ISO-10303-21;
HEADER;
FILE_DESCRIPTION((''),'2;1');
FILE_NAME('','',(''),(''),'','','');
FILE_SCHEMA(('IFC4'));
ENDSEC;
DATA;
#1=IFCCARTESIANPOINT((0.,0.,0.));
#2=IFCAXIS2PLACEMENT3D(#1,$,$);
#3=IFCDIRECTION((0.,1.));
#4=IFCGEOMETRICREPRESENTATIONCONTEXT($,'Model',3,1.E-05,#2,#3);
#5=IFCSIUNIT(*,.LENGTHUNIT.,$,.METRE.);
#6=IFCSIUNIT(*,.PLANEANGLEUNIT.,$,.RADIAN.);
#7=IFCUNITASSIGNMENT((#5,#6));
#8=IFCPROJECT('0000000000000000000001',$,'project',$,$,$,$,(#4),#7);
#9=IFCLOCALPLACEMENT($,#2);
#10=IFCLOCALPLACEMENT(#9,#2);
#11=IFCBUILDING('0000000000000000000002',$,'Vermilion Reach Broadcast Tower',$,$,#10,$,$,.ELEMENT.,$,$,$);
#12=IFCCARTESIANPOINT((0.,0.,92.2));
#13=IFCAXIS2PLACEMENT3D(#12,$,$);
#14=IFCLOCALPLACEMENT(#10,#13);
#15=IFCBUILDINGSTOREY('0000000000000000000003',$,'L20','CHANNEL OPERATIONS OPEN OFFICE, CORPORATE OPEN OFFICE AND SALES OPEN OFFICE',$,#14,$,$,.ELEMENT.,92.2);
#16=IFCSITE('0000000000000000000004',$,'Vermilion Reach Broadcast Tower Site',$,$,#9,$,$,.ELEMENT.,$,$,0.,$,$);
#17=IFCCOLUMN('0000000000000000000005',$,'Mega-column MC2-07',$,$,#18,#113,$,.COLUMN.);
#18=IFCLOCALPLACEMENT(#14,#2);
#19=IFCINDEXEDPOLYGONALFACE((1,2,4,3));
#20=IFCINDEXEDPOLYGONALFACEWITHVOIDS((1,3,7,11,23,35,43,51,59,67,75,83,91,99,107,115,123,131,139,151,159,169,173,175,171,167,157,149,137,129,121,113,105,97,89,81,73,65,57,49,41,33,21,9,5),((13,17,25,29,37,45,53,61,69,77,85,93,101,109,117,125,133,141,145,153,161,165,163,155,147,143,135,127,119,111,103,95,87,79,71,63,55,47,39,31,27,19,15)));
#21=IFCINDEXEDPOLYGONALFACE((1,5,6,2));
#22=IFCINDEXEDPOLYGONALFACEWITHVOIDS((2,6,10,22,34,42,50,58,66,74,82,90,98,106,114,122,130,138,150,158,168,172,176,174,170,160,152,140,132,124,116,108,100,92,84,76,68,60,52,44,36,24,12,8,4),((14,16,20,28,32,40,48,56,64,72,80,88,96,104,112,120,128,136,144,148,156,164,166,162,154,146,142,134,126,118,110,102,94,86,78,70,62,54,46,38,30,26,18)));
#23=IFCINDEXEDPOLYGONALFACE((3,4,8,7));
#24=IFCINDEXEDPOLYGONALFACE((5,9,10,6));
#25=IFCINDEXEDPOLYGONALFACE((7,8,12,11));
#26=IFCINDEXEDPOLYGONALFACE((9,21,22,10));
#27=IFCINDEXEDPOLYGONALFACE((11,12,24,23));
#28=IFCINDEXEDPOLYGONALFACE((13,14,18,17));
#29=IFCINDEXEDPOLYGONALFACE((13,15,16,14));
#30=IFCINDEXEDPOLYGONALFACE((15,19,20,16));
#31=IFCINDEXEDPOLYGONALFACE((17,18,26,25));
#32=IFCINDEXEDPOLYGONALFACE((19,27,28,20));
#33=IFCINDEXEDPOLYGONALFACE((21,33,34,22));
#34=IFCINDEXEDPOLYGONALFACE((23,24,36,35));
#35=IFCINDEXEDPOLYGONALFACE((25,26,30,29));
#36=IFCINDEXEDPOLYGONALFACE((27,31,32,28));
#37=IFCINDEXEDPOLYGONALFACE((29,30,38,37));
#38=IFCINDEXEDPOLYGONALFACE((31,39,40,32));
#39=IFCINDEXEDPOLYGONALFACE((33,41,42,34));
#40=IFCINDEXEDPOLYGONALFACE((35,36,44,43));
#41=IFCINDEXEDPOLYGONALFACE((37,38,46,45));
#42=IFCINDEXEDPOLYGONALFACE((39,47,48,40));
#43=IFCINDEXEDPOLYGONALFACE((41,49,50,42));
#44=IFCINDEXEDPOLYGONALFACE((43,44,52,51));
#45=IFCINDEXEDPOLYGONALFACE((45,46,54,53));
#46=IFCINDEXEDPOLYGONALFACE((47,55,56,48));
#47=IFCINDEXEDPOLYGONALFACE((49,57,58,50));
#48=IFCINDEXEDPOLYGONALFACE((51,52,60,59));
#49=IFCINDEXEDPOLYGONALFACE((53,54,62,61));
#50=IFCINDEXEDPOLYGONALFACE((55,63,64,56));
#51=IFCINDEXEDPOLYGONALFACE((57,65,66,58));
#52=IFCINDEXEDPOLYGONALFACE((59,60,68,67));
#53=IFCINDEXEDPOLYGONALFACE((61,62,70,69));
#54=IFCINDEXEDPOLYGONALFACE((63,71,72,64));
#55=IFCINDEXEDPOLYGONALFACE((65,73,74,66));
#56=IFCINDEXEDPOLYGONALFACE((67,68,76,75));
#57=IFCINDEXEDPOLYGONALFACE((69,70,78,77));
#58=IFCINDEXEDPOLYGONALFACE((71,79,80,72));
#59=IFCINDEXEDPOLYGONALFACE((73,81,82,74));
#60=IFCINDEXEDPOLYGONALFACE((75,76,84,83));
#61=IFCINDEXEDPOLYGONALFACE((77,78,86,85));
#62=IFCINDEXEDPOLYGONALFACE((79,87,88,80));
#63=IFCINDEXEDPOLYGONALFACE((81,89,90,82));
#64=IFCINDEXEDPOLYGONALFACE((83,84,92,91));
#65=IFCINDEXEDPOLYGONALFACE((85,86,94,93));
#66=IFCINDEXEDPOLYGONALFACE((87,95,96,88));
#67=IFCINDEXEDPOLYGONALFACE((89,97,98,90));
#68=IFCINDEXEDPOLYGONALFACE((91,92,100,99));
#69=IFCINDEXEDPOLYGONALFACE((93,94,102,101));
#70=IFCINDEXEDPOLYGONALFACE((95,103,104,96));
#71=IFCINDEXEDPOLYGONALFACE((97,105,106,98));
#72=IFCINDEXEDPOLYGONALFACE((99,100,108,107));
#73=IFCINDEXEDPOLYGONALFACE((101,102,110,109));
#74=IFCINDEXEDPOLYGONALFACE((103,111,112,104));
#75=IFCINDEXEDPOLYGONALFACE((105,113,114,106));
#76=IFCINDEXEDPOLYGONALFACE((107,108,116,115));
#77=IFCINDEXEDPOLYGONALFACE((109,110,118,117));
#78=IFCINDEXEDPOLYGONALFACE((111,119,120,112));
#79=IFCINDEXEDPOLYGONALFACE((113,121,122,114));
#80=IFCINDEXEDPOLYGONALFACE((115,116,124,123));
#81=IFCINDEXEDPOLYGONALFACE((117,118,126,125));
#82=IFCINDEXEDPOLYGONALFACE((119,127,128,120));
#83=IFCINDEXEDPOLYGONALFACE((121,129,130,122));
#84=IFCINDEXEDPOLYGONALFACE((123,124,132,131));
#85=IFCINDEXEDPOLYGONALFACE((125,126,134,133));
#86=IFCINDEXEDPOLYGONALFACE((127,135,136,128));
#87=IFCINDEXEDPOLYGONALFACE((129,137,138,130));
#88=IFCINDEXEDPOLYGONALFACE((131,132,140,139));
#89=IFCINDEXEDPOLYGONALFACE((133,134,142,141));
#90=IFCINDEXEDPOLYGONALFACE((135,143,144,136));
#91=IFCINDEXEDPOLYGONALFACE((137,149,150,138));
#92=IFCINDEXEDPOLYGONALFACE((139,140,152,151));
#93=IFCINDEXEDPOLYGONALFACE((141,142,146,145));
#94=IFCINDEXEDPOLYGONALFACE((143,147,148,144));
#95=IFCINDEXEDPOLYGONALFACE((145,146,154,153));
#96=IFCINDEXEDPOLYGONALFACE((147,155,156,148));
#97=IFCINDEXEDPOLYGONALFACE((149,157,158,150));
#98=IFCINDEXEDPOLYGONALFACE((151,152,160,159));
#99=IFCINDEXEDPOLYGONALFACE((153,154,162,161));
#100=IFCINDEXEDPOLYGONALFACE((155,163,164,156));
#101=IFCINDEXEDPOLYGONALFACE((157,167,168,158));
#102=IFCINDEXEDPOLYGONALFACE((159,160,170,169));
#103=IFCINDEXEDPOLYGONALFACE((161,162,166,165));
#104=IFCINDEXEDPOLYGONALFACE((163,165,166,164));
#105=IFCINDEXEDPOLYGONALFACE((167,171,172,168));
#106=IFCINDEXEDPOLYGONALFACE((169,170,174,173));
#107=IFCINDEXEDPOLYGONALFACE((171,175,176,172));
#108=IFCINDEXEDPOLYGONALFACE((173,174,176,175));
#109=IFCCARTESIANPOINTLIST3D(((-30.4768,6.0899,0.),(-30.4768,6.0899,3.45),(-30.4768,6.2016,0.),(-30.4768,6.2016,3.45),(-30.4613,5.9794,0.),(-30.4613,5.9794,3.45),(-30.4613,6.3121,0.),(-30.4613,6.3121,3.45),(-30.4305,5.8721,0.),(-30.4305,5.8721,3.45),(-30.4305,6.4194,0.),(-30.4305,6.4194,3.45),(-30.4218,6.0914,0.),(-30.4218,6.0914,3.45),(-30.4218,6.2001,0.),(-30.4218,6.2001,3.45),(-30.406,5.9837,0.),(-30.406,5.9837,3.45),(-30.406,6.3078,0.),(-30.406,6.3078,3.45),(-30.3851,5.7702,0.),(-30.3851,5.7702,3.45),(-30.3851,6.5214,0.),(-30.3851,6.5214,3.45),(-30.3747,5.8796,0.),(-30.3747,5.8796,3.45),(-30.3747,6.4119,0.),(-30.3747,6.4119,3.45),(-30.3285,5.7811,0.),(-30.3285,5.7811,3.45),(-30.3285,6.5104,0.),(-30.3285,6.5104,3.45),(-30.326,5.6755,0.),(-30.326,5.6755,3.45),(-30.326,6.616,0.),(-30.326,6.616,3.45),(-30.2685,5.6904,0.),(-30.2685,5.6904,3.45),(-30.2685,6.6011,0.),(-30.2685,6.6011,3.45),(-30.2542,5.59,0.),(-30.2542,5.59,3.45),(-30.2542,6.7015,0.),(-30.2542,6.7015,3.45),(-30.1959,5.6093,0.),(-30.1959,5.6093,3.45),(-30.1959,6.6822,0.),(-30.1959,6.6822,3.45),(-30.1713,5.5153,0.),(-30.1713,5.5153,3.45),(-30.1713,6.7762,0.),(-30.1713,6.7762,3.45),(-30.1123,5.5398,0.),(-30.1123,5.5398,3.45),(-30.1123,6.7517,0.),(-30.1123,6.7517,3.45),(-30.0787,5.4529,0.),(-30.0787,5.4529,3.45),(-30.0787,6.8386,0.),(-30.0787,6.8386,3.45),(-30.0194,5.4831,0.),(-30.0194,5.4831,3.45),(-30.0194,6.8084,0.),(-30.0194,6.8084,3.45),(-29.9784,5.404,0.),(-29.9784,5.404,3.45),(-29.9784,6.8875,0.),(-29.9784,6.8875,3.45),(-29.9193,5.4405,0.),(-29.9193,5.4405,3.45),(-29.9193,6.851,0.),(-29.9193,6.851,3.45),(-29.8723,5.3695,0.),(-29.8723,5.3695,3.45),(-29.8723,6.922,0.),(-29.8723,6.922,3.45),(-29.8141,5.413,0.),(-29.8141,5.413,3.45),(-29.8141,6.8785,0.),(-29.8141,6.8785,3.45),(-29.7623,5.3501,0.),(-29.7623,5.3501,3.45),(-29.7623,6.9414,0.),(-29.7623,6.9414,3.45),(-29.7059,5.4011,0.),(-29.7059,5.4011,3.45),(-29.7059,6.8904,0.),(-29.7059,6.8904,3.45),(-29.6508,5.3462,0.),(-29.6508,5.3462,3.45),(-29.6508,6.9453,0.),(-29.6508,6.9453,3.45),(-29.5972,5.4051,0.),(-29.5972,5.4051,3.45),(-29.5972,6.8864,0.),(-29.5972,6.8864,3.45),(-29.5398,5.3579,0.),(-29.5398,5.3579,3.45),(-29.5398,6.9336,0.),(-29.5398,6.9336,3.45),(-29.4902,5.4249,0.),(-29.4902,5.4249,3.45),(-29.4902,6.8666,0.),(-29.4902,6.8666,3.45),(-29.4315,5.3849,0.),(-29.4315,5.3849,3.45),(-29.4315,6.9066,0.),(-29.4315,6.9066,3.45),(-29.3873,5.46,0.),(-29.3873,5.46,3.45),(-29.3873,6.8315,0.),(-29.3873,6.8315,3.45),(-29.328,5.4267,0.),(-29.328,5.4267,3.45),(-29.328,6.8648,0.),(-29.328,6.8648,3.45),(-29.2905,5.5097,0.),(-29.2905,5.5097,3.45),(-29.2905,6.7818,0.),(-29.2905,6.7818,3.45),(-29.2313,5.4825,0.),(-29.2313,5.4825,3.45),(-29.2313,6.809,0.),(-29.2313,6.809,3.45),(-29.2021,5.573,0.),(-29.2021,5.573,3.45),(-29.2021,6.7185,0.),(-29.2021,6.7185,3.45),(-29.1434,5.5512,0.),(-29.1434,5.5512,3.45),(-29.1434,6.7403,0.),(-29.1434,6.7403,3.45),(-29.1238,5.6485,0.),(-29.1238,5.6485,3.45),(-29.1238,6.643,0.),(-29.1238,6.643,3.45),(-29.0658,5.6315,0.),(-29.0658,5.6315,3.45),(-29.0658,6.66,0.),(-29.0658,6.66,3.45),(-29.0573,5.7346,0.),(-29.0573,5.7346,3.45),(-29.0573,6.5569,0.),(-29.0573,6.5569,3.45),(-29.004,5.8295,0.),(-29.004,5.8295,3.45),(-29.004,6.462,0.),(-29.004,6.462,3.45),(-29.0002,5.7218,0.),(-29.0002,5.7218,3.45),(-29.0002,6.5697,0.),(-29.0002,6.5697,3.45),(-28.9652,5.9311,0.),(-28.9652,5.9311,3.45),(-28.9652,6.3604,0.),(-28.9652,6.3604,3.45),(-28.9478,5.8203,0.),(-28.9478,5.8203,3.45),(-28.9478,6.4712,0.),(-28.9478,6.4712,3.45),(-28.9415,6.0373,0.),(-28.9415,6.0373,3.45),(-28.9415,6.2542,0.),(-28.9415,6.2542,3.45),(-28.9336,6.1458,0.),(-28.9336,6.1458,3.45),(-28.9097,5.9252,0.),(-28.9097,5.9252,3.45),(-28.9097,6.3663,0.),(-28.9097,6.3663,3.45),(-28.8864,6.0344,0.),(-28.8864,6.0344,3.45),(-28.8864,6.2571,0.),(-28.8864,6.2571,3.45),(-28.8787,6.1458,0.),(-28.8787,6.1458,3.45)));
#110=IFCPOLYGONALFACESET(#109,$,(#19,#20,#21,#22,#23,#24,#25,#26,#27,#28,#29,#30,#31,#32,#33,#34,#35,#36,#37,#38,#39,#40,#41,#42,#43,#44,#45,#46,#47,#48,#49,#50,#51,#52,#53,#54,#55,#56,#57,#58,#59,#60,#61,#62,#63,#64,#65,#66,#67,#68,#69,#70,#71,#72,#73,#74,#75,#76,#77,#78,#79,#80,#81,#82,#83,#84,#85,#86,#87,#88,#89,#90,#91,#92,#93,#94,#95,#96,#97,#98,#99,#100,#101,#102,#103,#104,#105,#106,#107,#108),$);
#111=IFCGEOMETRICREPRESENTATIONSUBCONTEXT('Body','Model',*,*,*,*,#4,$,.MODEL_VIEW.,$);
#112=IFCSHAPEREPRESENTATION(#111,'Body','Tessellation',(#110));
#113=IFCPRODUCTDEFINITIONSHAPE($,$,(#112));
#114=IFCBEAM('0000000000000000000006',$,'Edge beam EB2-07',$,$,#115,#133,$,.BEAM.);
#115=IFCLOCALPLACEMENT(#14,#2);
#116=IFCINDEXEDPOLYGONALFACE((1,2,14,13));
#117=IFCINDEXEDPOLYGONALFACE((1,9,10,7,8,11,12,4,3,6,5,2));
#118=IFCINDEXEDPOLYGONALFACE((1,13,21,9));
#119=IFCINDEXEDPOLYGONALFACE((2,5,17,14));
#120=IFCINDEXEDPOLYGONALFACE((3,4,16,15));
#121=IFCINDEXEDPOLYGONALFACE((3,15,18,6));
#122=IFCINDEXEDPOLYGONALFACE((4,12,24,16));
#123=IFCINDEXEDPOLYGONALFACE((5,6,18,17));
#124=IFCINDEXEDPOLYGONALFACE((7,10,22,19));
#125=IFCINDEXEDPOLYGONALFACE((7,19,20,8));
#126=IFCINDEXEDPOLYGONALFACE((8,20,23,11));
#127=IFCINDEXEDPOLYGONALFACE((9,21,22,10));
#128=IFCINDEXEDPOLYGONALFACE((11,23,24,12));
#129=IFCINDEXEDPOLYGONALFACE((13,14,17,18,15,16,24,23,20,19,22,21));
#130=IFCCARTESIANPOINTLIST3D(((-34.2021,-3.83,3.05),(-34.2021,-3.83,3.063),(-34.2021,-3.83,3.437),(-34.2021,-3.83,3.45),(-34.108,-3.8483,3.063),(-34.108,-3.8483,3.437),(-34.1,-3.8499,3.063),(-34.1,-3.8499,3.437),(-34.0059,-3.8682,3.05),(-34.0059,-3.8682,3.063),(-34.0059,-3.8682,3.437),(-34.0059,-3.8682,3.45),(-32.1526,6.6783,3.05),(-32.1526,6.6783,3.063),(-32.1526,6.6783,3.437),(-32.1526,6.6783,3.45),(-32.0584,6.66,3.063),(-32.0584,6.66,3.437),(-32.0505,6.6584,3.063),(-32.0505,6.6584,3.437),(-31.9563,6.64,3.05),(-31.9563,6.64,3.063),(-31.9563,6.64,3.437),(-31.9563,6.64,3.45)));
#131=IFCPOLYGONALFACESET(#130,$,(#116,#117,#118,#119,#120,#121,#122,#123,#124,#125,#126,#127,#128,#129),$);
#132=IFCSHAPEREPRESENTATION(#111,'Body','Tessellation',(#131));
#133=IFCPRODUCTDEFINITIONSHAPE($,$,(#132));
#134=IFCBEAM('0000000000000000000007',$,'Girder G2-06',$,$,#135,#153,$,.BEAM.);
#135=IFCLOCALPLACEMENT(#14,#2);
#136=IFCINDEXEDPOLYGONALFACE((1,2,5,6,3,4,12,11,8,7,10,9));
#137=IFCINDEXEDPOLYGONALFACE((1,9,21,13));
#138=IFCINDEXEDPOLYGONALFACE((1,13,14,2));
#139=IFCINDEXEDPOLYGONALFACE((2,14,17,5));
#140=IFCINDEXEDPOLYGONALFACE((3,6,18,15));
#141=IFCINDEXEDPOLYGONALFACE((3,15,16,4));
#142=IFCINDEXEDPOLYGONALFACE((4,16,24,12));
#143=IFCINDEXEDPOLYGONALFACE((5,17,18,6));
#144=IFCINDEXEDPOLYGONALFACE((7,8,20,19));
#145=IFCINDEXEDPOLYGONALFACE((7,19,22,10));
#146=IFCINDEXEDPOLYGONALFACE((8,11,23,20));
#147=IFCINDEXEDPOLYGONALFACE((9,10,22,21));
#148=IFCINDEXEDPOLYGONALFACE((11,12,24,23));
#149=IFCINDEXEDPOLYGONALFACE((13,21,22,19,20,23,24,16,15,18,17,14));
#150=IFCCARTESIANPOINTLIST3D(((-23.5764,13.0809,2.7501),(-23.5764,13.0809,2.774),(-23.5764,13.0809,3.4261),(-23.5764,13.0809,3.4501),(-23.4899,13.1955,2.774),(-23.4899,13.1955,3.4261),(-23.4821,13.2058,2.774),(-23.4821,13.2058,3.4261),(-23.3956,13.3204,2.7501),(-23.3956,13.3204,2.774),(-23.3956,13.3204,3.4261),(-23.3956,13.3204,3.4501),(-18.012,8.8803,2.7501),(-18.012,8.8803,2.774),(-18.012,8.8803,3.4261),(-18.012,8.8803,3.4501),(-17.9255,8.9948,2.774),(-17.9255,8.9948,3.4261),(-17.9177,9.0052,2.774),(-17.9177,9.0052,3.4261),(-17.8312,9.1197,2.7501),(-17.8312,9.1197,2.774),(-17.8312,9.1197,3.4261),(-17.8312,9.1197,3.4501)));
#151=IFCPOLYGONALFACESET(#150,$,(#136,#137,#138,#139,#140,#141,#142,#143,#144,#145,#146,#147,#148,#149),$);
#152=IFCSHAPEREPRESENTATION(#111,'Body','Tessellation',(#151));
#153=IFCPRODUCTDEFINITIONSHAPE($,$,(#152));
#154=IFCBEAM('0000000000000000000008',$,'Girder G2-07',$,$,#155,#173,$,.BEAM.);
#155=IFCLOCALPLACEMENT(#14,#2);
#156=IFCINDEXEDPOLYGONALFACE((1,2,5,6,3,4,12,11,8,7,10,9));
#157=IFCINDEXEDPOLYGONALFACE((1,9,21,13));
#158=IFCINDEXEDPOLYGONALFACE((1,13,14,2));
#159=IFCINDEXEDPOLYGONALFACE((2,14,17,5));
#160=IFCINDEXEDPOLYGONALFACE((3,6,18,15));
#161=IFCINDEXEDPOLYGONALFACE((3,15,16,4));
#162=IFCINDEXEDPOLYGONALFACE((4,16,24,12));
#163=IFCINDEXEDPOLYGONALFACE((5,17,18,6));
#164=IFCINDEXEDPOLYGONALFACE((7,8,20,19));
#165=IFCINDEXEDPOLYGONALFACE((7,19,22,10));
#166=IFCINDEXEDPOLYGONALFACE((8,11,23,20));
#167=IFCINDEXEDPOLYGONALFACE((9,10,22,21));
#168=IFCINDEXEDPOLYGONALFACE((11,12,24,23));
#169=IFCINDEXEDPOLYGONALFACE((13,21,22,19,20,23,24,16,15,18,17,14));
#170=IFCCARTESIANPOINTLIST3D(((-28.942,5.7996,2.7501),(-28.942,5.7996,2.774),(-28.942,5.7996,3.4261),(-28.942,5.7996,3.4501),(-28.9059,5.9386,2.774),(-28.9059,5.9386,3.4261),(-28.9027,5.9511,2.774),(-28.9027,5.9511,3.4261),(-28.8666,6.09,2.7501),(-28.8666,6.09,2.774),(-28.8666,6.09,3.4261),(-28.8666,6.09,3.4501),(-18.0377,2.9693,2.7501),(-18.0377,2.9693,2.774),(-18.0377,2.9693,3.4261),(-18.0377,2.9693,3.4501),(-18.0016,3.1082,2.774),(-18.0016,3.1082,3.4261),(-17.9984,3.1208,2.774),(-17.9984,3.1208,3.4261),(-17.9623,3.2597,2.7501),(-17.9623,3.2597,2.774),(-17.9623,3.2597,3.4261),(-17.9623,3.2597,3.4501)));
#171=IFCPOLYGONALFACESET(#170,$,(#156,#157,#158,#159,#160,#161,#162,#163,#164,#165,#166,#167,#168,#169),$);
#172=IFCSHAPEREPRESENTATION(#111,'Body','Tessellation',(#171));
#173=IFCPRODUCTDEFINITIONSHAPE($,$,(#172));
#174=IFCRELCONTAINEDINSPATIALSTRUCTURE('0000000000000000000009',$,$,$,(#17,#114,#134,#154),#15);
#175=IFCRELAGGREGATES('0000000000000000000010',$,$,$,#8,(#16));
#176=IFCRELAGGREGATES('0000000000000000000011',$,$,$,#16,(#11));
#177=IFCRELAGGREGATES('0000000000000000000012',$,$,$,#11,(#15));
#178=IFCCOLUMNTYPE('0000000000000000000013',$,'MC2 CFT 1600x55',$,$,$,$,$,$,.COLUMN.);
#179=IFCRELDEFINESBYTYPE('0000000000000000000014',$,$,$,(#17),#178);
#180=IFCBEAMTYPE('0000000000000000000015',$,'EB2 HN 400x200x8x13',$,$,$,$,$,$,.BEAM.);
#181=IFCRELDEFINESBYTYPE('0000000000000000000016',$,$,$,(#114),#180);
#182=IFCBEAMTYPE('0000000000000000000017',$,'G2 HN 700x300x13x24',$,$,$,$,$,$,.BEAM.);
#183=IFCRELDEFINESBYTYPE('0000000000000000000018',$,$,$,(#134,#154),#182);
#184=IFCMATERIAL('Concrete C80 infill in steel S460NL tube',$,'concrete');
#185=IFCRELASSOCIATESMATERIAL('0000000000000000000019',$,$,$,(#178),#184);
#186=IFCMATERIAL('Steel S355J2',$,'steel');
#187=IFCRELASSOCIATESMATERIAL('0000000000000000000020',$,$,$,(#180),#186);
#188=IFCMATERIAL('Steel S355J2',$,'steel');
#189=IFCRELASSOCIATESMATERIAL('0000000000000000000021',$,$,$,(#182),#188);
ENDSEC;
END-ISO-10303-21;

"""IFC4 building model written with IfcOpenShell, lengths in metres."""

from ifc_helpers import new_model, si_unit, direction, frame, origin, origin_2d, place, context, subcontext, project, spatial, hollow_circle, i_section, extrude, material, material_profile, profile_set, type_object, element, save


model = new_model("IFC4")

# Units and contexts
model_context = context("Model", 3, precision=1e-05, world=origin(), true_north=direction((0.0, 1.0)))
body_context = subcontext(model_context, "Body", "Model", "MODEL_VIEW")
ifc_project = project(units=[si_unit("LENGTHUNIT", "METRE"), si_unit("PLANEANGLEUNIT", "RADIAN")], contexts=[model_context])

# Site, building, storey
site_placement = place(None, origin())
site = spatial("IfcSite", under=ifc_project, at=site_placement, Name="Vermilion Reach Broadcast Tower Site", CompositionType="ELEMENT", RefElevation=0.0)
building_placement = place(site_placement, origin())
building = spatial("IfcBuilding", under=site, at=building_placement, Name="Vermilion Reach Broadcast Tower", CompositionType="ELEMENT")
storey_placement = place(building_placement, frame((0.0, 0.0, 92.2)))
storey = spatial("IfcBuildingStorey", under=building, at=storey_placement, Name="L20", Description="CHANNEL OPERATIONS OPEN OFFICE, CORPORATE OPEN OFFICE AND SALES OPEN OFFICE", CompositionType="ELEMENT", Elevation=92.2)

# Column
ifc_material_1 = material(Name="Concrete C80 infill in steel S460NL tube", Category="concrete")
ifc_material_profile_1 = material_profile(ifc_material_1, hollow_circle(Radius=0.8, WallThickness=0.0549, at=origin_2d()), Name="Concrete C80 infill in steel S460NL tube CFT 1600x55")
ifc_profile_set_1 = profile_set([ifc_material_profile_1], Name="Concrete C80 infill in steel S460NL tube")
column_type = type_object("IfcColumnType", Name="MC2 CFT 1600x55", PredefinedType="COLUMN", material=ifc_profile_set_1)
column_placement = place(storey_placement, frame((-29.6787, 6.1458, 0.0), z_axis=(0.0, 0.0, 1.0), x_axis=(1.0, 0.0, 0.0)))
element("IfcColumn", 1, at=column_placement, inside=storey, type_object=column_type, Name="Mega-column MC2-07", PredefinedType="COLUMN", context=body_context, shape_type="SweptSolid", body=[
    extrude(hollow_circle(Radius=0.8, WallThickness=0.0549, at=origin_2d()), origin(), (0.0, 0.0, 1.0), 3.45),
])

# Beams
ifc_material_2 = material(Name="Steel S355J2", Category="steel")
ifc_material_profile_2 = material_profile(ifc_material_2, i_section(OverallWidth=0.2, OverallDepth=0.3999, WebThickness=0.0081, FlangeThickness=0.0129, at=origin_2d()), Name="S355J2 HN 400x200x8x13")
ifc_profile_set_2 = profile_set([ifc_material_profile_2], Name="Steel S355J2")
beam_type_1 = type_object("IfcBeamType", Name="EB2 HN 400x200x8x13", PredefinedType="BEAM", material=ifc_profile_set_2)
beam_1_placement = place(storey_placement, frame((-32.0544, 6.6592, 3.25), z_axis=(-0.191435, -0.981505, 0.0), x_axis=(0.981505, -0.191435, 0.0)))
element("IfcBeam", 2, at=beam_1_placement, inside=storey, type_object=beam_type_1, Name="Edge beam EB2-07", PredefinedType="BEAM", context=body_context, shape_type="SweptSolid", body=[
    extrude(i_section(OverallWidth=0.2, OverallDepth=0.3999, WebThickness=0.0081, FlangeThickness=0.0129, at=origin_2d()), origin(), (0.0, 0.0, 1.0), 10.7063),
])
ifc_material_3 = material(Name="Steel S355J2", Category="steel")
ifc_material_profile_3 = material_profile(ifc_material_3, i_section(OverallWidth=0.3, OverallDepth=0.7, WebThickness=0.0129, FlangeThickness=0.0239, at=origin_2d()), Name="S355J2 HN 700x300x13x24")
ifc_profile_set_3 = profile_set([ifc_material_profile_3], Name="Steel S355J2")
beam_type_2 = type_object("IfcBeamType", Name="G2 HN 700x300x13x24", PredefinedType="BEAM", material=ifc_profile_set_3)
beam_2_placement = place(storey_placement, frame((-17.9216, 9.0, 3.1001), z_axis=(-0.798114, 0.602507, 0.0), x_axis=(-0.602507, -0.798114, 0.0)))
element("IfcBeam", 3, at=beam_2_placement, inside=storey, type_object=beam_type_2, Name="Girder G2-06", PredefinedType="BEAM", context=body_context, shape_type="SweptSolid", body=[
    extrude(i_section(OverallWidth=0.3, OverallDepth=0.7, WebThickness=0.0129, FlangeThickness=0.0239, at=origin_2d()), origin(), (0.0, 0.0, 1.0), 6.9719),
])
beam_3_placement = place(storey_placement, frame((-18.0, 3.1145, 3.1001), z_axis=(-0.967926, 0.251235, 0.0), x_axis=(-0.251235, -0.967926, 0.0)))
element("IfcBeam", 4, at=beam_3_placement, inside=storey, type_object=beam_type_2, Name="Girder G2-07", PredefinedType="BEAM", context=body_context, shape_type="SweptSolid", body=[
    extrude(i_section(OverallWidth=0.3, OverallDepth=0.7, WebThickness=0.0129, FlangeThickness=0.0239, at=origin_2d()), origin(), (0.0, 0.0, 1.0), 11.2656),
])

save(model, "model.ifc")
